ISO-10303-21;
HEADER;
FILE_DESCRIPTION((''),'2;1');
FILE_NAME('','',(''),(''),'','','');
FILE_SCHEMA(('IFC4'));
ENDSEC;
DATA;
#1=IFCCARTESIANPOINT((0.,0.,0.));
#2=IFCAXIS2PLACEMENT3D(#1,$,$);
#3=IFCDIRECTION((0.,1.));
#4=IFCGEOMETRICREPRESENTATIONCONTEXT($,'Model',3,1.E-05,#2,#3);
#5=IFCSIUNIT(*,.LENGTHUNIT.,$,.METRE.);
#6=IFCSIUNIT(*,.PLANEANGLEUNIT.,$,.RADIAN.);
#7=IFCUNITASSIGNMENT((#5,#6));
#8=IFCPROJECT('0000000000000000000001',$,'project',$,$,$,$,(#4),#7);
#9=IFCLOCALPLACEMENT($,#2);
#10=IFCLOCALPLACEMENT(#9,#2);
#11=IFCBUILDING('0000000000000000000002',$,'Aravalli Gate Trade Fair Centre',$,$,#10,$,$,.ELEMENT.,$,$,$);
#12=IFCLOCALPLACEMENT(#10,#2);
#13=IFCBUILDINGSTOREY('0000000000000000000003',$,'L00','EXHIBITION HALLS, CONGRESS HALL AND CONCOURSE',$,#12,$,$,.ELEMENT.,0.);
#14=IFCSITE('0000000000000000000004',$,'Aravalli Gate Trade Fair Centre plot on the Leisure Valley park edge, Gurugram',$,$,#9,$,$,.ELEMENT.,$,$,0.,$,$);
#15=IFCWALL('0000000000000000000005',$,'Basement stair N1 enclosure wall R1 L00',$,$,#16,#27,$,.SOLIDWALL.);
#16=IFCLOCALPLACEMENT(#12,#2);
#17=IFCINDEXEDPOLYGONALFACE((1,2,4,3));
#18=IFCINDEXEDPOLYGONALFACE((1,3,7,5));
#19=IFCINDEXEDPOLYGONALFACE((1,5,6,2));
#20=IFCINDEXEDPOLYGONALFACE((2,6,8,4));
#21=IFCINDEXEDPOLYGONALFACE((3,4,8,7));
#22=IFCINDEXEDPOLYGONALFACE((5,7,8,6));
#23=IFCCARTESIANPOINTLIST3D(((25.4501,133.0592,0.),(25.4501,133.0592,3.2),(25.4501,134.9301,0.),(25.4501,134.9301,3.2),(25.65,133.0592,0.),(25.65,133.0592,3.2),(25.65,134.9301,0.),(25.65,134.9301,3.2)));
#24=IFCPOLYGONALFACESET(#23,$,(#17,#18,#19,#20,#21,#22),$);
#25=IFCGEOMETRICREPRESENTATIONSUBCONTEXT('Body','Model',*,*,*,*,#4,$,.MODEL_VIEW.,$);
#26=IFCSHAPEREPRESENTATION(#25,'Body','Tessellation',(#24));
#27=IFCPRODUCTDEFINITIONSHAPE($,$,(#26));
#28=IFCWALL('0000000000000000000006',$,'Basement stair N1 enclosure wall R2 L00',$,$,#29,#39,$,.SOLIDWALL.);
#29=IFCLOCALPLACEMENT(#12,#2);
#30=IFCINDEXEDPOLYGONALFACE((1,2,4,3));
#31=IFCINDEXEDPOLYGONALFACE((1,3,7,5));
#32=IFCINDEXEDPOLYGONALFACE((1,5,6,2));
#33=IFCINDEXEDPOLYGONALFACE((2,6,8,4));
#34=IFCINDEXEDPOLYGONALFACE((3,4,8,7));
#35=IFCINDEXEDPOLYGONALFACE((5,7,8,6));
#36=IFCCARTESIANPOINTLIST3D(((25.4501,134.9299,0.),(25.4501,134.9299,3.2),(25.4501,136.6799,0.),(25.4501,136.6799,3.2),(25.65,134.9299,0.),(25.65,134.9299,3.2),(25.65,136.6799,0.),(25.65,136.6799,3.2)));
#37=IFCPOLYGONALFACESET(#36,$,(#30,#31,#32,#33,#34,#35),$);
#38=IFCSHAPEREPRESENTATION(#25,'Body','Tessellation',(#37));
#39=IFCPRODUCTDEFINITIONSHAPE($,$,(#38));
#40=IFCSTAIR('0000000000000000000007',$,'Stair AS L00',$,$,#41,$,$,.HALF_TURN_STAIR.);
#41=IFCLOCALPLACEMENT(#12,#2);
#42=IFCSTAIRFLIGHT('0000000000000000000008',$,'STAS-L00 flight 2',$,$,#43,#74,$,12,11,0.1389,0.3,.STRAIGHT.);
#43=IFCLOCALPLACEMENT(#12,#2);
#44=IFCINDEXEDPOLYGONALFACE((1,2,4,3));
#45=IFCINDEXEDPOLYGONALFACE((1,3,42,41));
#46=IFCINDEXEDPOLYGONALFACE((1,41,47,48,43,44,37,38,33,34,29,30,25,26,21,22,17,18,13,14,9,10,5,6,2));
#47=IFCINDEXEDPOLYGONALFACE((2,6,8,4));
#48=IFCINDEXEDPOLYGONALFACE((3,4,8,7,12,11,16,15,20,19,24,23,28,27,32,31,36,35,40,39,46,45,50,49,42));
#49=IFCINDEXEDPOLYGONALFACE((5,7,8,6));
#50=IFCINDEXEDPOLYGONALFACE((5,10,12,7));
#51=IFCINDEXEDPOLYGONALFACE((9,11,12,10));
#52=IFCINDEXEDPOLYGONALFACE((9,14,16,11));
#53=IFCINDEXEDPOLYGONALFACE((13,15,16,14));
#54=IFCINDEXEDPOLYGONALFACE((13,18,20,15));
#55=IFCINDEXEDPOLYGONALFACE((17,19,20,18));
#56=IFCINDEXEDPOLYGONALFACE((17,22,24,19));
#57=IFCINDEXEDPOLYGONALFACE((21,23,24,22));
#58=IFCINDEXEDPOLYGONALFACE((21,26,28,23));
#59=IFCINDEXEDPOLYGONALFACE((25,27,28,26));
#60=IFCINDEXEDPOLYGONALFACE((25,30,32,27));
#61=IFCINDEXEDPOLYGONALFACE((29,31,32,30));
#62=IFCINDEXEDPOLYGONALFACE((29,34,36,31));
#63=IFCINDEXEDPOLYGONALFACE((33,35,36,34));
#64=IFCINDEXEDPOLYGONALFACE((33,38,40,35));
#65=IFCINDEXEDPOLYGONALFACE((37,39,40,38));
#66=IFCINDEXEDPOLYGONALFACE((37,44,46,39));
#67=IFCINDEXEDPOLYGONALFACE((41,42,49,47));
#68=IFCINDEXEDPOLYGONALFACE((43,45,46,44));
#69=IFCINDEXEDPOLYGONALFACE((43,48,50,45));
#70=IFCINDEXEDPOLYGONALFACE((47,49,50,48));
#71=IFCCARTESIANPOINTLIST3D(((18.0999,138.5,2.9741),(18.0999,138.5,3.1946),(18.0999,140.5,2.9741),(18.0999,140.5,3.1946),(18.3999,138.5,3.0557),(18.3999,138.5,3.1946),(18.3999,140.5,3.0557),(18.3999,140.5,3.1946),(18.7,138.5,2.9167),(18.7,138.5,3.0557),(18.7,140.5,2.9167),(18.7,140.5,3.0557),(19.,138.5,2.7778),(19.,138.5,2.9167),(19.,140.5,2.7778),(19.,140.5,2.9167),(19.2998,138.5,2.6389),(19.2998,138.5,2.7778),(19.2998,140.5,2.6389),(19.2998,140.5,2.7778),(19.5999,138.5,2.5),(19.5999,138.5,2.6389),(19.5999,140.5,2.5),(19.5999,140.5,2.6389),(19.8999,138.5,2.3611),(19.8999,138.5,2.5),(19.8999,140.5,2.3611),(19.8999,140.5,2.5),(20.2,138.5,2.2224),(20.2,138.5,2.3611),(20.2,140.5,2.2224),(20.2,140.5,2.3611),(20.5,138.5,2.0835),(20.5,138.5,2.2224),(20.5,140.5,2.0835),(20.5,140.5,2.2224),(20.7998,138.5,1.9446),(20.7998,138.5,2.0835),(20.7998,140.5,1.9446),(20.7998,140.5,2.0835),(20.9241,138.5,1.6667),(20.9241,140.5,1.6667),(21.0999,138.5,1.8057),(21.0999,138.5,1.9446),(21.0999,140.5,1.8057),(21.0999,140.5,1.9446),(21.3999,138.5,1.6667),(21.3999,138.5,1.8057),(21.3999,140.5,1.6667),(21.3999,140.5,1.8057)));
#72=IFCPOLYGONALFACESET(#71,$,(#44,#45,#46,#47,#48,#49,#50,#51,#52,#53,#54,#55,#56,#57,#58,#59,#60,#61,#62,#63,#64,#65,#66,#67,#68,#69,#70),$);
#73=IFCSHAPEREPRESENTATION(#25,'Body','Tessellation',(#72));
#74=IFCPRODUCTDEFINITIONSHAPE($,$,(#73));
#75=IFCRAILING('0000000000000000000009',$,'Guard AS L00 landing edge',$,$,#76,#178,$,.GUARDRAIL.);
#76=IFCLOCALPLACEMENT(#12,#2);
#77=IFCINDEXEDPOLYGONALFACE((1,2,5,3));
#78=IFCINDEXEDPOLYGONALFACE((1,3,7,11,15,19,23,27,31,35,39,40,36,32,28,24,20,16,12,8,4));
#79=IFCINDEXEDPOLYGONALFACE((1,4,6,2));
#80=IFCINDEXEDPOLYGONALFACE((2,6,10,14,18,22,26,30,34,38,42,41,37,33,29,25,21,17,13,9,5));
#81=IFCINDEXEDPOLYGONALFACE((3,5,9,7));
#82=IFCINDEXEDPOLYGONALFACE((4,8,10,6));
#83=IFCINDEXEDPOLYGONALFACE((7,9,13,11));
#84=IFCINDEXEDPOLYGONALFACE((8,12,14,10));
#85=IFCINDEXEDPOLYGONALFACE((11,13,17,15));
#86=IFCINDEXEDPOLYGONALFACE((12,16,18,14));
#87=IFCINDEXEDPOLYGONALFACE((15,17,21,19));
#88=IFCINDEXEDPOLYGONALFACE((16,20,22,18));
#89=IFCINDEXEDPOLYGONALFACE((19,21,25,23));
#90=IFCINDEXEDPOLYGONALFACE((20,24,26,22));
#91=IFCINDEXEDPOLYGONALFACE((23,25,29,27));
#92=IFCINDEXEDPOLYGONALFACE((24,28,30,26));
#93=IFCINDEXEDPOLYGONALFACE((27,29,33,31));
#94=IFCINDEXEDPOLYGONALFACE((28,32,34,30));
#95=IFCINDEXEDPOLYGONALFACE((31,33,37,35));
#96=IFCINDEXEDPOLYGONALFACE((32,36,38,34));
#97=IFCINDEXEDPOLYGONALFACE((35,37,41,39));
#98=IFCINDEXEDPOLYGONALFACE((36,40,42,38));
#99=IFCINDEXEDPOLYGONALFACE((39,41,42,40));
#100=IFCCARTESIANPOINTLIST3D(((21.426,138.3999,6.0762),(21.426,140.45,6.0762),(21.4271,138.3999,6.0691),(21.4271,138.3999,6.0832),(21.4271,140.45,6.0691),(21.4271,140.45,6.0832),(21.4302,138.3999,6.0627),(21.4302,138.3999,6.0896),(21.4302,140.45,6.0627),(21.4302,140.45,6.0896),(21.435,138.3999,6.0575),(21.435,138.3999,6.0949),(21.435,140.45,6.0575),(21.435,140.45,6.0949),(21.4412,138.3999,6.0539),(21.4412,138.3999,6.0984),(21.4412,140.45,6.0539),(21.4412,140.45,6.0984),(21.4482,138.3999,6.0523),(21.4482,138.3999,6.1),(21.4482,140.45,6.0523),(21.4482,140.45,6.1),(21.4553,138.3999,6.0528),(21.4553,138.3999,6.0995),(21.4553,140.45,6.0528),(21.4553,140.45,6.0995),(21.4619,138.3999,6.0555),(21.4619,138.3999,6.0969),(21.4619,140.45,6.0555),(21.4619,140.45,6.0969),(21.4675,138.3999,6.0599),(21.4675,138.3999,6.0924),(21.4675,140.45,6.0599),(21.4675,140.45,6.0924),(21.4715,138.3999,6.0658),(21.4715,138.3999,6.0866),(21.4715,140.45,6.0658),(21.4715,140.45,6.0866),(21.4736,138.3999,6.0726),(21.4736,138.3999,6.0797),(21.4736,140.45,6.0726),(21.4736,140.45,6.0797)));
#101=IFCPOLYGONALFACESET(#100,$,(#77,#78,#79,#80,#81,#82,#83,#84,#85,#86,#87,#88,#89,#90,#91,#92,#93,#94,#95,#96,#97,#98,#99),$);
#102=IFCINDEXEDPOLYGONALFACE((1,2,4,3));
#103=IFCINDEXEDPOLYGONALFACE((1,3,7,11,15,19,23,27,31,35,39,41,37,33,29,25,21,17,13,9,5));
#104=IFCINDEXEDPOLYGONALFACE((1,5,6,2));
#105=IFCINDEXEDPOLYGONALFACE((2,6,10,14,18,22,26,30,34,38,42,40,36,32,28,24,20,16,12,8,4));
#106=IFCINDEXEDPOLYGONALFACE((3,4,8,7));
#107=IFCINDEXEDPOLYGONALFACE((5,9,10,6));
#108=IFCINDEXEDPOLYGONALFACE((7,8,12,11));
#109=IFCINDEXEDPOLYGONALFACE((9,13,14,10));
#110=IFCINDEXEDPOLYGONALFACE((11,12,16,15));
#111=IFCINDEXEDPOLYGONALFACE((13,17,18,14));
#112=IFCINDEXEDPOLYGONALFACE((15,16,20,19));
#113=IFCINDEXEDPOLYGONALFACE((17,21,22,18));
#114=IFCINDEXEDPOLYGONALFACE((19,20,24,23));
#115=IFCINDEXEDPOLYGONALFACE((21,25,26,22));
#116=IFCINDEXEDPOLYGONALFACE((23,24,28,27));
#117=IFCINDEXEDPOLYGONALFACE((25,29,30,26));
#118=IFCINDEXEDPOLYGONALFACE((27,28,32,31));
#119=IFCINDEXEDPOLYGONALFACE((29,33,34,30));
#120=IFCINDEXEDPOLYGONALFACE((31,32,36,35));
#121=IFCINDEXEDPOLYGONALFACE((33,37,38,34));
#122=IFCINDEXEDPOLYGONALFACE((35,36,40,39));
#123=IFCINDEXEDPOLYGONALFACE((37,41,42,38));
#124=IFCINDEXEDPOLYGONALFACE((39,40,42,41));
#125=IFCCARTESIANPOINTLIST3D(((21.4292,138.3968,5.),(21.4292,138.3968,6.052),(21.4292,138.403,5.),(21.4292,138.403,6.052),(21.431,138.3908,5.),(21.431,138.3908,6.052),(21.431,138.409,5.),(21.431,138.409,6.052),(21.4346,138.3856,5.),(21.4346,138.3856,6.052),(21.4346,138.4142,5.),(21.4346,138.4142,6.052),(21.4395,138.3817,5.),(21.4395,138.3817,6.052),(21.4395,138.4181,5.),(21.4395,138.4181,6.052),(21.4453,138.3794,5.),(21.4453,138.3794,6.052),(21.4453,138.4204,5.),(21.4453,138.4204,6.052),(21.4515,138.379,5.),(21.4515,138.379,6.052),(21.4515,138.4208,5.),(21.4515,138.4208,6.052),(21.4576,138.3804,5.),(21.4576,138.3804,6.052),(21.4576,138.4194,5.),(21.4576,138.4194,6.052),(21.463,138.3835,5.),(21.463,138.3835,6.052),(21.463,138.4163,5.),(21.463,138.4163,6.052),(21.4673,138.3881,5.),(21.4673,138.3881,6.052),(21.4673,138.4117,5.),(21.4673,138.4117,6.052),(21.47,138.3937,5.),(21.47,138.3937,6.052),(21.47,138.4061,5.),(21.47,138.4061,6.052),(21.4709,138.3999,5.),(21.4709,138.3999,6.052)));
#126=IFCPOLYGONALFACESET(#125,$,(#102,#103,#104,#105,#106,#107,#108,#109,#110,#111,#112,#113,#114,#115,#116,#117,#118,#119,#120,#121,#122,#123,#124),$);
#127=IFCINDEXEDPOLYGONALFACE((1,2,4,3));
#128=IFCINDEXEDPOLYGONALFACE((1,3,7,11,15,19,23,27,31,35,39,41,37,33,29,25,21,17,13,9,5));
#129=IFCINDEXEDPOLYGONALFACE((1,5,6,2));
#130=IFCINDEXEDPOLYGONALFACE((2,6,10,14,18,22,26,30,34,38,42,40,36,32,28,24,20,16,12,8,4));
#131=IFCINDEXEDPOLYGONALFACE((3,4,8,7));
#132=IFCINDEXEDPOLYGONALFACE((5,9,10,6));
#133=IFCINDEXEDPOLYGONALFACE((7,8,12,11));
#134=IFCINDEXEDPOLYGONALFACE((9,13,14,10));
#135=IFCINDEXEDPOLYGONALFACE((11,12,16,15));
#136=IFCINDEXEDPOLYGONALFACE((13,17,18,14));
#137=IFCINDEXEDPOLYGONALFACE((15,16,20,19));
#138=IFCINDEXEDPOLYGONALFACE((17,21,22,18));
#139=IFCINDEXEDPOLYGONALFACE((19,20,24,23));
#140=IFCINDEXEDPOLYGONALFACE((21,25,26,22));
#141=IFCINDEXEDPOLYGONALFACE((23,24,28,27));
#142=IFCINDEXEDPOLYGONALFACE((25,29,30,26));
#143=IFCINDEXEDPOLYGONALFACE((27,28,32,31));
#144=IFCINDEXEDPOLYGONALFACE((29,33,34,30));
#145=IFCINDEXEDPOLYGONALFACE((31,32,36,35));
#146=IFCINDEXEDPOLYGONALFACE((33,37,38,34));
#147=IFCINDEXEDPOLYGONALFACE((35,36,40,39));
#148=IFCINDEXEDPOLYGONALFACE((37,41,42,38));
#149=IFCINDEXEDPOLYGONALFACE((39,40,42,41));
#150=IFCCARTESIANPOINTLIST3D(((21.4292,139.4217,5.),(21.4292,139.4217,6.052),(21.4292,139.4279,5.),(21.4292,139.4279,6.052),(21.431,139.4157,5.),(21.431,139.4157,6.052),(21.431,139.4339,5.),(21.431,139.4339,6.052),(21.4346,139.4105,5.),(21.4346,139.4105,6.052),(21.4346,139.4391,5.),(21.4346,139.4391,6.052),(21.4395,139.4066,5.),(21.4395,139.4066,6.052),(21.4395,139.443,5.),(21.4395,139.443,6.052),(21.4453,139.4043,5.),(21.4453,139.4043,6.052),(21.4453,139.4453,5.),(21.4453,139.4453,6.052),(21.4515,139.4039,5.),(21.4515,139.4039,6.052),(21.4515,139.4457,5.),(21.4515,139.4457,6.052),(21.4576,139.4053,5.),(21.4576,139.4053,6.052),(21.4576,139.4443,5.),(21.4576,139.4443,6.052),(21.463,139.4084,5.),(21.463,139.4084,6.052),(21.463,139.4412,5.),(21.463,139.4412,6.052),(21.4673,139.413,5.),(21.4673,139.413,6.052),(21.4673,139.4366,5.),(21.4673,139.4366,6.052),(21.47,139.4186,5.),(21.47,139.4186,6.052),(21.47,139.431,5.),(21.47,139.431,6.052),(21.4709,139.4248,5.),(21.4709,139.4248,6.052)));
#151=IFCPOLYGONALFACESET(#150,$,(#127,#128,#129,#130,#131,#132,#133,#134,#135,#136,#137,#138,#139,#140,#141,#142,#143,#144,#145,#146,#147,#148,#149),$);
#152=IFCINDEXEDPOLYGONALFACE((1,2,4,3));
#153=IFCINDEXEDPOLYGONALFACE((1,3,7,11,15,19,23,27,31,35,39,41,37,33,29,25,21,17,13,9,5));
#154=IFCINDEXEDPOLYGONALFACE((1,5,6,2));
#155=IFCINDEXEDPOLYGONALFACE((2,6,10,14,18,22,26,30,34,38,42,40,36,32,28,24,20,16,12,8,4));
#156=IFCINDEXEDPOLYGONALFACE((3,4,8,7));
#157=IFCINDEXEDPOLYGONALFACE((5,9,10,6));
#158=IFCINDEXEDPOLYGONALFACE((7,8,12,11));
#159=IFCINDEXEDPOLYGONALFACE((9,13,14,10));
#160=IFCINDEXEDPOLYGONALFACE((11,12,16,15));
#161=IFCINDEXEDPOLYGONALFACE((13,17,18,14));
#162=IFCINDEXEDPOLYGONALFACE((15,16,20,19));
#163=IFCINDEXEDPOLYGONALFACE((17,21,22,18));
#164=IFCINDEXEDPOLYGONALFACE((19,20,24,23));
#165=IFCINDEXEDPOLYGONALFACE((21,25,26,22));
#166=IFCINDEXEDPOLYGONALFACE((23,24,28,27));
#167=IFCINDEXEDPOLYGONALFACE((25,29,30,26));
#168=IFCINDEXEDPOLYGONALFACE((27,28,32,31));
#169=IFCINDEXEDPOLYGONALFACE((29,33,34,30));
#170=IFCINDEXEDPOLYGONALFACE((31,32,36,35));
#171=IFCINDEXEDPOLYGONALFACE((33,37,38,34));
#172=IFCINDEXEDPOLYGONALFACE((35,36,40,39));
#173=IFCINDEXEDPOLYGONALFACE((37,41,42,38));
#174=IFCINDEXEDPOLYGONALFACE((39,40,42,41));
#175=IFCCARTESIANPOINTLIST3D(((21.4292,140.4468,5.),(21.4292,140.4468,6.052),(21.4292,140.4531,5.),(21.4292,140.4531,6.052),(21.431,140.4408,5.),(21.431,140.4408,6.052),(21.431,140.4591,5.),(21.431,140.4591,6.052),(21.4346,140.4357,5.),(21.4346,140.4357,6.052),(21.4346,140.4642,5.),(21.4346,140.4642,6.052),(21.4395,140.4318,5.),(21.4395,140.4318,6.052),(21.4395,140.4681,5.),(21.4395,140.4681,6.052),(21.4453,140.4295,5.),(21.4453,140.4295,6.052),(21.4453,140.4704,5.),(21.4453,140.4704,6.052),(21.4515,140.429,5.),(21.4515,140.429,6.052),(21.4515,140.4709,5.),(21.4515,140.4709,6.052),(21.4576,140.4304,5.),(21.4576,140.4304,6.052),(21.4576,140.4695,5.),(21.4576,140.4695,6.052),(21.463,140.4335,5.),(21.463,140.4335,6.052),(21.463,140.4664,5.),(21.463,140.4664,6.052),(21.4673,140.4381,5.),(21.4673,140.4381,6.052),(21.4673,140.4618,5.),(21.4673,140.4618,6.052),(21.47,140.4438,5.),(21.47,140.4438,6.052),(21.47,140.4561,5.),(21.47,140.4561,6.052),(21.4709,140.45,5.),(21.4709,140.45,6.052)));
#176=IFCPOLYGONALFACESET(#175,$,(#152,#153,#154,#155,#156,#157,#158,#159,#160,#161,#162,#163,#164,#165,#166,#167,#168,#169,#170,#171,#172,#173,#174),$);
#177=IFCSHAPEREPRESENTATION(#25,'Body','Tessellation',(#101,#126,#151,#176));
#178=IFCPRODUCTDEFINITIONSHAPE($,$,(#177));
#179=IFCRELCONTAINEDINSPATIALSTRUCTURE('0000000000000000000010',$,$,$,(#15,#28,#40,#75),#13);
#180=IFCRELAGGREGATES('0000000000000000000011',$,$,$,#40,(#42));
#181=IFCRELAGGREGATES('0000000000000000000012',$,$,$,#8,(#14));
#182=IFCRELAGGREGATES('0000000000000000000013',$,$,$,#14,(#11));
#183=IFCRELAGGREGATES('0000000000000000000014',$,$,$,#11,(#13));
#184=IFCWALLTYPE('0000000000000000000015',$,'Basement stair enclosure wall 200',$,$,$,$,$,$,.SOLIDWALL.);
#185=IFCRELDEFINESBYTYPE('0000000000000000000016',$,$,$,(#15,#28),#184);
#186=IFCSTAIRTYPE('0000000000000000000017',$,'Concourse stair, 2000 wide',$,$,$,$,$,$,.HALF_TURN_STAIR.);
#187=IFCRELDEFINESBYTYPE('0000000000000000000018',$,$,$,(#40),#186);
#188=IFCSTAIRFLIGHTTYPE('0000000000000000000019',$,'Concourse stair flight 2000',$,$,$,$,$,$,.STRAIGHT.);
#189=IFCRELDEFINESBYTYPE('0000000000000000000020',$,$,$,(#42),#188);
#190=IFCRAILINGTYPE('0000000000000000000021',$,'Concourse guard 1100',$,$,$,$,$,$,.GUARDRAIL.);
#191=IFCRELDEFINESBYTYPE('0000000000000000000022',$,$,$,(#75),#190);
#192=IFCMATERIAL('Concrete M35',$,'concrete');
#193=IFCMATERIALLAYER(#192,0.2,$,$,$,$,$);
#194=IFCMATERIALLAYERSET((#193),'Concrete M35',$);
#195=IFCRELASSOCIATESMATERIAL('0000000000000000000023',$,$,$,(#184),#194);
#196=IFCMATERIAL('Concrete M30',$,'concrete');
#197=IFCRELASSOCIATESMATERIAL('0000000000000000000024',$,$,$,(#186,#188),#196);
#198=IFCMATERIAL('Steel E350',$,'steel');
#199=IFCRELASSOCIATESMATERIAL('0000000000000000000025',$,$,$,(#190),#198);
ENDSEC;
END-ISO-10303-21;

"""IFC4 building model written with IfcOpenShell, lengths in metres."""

from ifc_helpers import new_model, si_unit, direction, frame, frame_2d, origin, origin_2d, place, context, subcontext, project, spatial, polyline, rectangle, circle, outline, extrude, material, layer, layer_set, type_object, element, aggregate, save


model = new_model("IFC4")

# Units and contexts
model_context = context("Model", 3, precision=1e-05, world=origin(), true_north=direction((0.0, 1.0)))
body_context = subcontext(model_context, "Body", "Model", "MODEL_VIEW")
ifc_project = project(units=[si_unit("LENGTHUNIT", "METRE"), si_unit("PLANEANGLEUNIT", "RADIAN")], contexts=[model_context])

# Site, building, storey
site_placement = place(None, origin())
site = spatial("IfcSite", under=ifc_project, at=site_placement, Name="Aravalli Gate Trade Fair Centre plot on the Leisure Valley park edge, Gurugram", CompositionType="ELEMENT", RefElevation=0.0)
building_placement = place(site_placement, origin())
building = spatial("IfcBuilding", under=site, at=building_placement, Name="Aravalli Gate Trade Fair Centre", CompositionType="ELEMENT")
storey_placement = place(building_placement, origin())
storey = spatial("IfcBuildingStorey", under=building, at=storey_placement, Name="L00", Description="EXHIBITION HALLS, CONGRESS HALL AND CONCOURSE", CompositionType="ELEMENT", Elevation=0.0)

# Walls
ifc_material_1 = material(Name="Concrete M35", Category="concrete")
ifc_layer_1 = layer(ifc_material_1, 0.2)
ifc_layer_set_1 = layer_set([ifc_layer_1], Name="Concrete M35")
wall_type_1 = type_object("IfcWallType", Name="Basement stair enclosure wall 200", PredefinedType="SOLIDWALL", material=ifc_layer_set_1)
wall_1_placement = place(storey_placement, frame((25.55, 133.0591, 0.0), z_axis=(0.0, 0.0, 1.0), x_axis=(0.0, 1.0, 0.0)))
element("IfcWall", 1, at=wall_1_placement, inside=storey, type_object=wall_type_1, Name="Basement stair N1 enclosure wall R1 L00", PredefinedType="SOLIDWALL", context=body_context, shape_type="SweptSolid", body=[
    extrude(rectangle(XDim=1.8708, YDim=0.2, at=frame_2d((0.9355, 0.0))), origin(), (0.0, 0.0, 1.0), 3.2),
])
wall_2_placement = place(storey_placement, frame((25.55, 134.9299, 0.0), z_axis=(0.0, 0.0, 1.0), x_axis=(0.0, 1.0, 0.0)))
element("IfcWall", 2, at=wall_2_placement, inside=storey, type_object=wall_type_1, Name="Basement stair N1 enclosure wall R2 L00", PredefinedType="SOLIDWALL", context=body_context, shape_type="SweptSolid", body=[
    extrude(rectangle(XDim=1.75, YDim=0.2, at=frame_2d((0.875, 0.0))), origin(), (0.0, 0.0, 1.0), 3.2),
])

# Stair, stair flight
ifc_material_2 = material(Name="Concrete M30", Category="concrete")
stair_type = type_object("IfcStairType", Name="Concourse stair, 2000 wide", PredefinedType="HALF_TURN_STAIR", material=ifc_material_2)
stair_placement = place(storey_placement, origin())
stair = element("IfcStair", 3, at=stair_placement, inside=storey, type_object=stair_type, Name="Stair AS L00", PredefinedType="HALF_TURN_STAIR")
stair_flight_type = type_object("IfcStairFlightType", Name="Concourse stair flight 2000", PredefinedType="STRAIGHT", material=ifc_material_2)
stair_flight_placement = place(storey_placement, frame((21.3999, 139.5, 1.6667), z_axis=(0.0, 0.0, 1.0), x_axis=(-1.0, 0.0, 0.0)))
stair_flight = element("IfcStairFlight", 4, at=stair_flight_placement, type_object=stair_flight_type, Name="STAS-L00 flight 2", NumberOfRisers=12, NumberOfTreads=11, PredefinedType="STRAIGHT", RiserHeight=0.1389, TreadLength=0.3, context=body_context, shape_type="SweptSolid", body=[
    extrude(outline(polyline([(0.0, 0.0), (0.0, 0.1389), (0.3, 0.1389), (0.3, 0.2778), (0.6001, 0.2778), (0.6001, 0.4167), (0.8999, 0.4167), (0.8999, 0.5557), (1.2, 0.5557), (1.2, 0.6943), (1.5, 0.6943), (1.5, 0.8333), (1.8, 0.8333), (1.8, 0.9722), (2.1001, 0.9722), (2.1001, 1.1111), (2.3999, 1.1111), (2.3999, 1.25), (2.7, 1.25), (2.7, 1.3889), (3.0, 1.3889), (3.0, 1.5278), (3.3, 1.5278), (3.3, 1.6667), (3.3, 1.3074), (0.4758, 0.0), (0.0, 0.0)])), frame((0.0, 1.0, 0.0), z_axis=(0.0, -1.0, 0.0), x_axis=(1.0, 0.0, 0.0)), (0.0, 0.0, 1.0), 2.0),
])
aggregate(stair, [stair_flight])

# Railing
ifc_material_3 = material(Name="Steel E350", Category="steel")
railing_type_1 = type_object("IfcRailingType", Name="Concourse guard 1100", PredefinedType="GUARDRAIL", material=ifc_material_3)
railing_placement = place(storey_placement, frame((21.45, 138.3999, 5.0)))
element("IfcRailing", 5, at=railing_placement, inside=storey, type_object=railing_type_1, Name="Guard AS L00 landing edge", PredefinedType="GUARDRAIL", context=body_context, shape_type="SweptSolid", body=[
    extrude(circle(Radius=0.0239, at=origin_2d()), frame((0.0, 0.0, 1.0762), z_axis=(0.0, 1.0, 0.0), x_axis=(-1.0, 0.0, 0.0)), (0.0, 0.0, 1.0), 2.05),
    extrude(circle(Radius=0.021, at=origin_2d()), origin(), (0.0, 0.0, 1.0), 1.052),
    extrude(circle(Radius=0.021, at=origin_2d()), frame((0.0, 1.0249, 0.0)), (0.0, 0.0, 1.0), 1.052),
    extrude(circle(Radius=0.021, at=origin_2d()), frame((0.0, 2.05, 0.0)), (0.0, 0.0, 1.0), 1.052),
])

save(model, "model.ifc")
